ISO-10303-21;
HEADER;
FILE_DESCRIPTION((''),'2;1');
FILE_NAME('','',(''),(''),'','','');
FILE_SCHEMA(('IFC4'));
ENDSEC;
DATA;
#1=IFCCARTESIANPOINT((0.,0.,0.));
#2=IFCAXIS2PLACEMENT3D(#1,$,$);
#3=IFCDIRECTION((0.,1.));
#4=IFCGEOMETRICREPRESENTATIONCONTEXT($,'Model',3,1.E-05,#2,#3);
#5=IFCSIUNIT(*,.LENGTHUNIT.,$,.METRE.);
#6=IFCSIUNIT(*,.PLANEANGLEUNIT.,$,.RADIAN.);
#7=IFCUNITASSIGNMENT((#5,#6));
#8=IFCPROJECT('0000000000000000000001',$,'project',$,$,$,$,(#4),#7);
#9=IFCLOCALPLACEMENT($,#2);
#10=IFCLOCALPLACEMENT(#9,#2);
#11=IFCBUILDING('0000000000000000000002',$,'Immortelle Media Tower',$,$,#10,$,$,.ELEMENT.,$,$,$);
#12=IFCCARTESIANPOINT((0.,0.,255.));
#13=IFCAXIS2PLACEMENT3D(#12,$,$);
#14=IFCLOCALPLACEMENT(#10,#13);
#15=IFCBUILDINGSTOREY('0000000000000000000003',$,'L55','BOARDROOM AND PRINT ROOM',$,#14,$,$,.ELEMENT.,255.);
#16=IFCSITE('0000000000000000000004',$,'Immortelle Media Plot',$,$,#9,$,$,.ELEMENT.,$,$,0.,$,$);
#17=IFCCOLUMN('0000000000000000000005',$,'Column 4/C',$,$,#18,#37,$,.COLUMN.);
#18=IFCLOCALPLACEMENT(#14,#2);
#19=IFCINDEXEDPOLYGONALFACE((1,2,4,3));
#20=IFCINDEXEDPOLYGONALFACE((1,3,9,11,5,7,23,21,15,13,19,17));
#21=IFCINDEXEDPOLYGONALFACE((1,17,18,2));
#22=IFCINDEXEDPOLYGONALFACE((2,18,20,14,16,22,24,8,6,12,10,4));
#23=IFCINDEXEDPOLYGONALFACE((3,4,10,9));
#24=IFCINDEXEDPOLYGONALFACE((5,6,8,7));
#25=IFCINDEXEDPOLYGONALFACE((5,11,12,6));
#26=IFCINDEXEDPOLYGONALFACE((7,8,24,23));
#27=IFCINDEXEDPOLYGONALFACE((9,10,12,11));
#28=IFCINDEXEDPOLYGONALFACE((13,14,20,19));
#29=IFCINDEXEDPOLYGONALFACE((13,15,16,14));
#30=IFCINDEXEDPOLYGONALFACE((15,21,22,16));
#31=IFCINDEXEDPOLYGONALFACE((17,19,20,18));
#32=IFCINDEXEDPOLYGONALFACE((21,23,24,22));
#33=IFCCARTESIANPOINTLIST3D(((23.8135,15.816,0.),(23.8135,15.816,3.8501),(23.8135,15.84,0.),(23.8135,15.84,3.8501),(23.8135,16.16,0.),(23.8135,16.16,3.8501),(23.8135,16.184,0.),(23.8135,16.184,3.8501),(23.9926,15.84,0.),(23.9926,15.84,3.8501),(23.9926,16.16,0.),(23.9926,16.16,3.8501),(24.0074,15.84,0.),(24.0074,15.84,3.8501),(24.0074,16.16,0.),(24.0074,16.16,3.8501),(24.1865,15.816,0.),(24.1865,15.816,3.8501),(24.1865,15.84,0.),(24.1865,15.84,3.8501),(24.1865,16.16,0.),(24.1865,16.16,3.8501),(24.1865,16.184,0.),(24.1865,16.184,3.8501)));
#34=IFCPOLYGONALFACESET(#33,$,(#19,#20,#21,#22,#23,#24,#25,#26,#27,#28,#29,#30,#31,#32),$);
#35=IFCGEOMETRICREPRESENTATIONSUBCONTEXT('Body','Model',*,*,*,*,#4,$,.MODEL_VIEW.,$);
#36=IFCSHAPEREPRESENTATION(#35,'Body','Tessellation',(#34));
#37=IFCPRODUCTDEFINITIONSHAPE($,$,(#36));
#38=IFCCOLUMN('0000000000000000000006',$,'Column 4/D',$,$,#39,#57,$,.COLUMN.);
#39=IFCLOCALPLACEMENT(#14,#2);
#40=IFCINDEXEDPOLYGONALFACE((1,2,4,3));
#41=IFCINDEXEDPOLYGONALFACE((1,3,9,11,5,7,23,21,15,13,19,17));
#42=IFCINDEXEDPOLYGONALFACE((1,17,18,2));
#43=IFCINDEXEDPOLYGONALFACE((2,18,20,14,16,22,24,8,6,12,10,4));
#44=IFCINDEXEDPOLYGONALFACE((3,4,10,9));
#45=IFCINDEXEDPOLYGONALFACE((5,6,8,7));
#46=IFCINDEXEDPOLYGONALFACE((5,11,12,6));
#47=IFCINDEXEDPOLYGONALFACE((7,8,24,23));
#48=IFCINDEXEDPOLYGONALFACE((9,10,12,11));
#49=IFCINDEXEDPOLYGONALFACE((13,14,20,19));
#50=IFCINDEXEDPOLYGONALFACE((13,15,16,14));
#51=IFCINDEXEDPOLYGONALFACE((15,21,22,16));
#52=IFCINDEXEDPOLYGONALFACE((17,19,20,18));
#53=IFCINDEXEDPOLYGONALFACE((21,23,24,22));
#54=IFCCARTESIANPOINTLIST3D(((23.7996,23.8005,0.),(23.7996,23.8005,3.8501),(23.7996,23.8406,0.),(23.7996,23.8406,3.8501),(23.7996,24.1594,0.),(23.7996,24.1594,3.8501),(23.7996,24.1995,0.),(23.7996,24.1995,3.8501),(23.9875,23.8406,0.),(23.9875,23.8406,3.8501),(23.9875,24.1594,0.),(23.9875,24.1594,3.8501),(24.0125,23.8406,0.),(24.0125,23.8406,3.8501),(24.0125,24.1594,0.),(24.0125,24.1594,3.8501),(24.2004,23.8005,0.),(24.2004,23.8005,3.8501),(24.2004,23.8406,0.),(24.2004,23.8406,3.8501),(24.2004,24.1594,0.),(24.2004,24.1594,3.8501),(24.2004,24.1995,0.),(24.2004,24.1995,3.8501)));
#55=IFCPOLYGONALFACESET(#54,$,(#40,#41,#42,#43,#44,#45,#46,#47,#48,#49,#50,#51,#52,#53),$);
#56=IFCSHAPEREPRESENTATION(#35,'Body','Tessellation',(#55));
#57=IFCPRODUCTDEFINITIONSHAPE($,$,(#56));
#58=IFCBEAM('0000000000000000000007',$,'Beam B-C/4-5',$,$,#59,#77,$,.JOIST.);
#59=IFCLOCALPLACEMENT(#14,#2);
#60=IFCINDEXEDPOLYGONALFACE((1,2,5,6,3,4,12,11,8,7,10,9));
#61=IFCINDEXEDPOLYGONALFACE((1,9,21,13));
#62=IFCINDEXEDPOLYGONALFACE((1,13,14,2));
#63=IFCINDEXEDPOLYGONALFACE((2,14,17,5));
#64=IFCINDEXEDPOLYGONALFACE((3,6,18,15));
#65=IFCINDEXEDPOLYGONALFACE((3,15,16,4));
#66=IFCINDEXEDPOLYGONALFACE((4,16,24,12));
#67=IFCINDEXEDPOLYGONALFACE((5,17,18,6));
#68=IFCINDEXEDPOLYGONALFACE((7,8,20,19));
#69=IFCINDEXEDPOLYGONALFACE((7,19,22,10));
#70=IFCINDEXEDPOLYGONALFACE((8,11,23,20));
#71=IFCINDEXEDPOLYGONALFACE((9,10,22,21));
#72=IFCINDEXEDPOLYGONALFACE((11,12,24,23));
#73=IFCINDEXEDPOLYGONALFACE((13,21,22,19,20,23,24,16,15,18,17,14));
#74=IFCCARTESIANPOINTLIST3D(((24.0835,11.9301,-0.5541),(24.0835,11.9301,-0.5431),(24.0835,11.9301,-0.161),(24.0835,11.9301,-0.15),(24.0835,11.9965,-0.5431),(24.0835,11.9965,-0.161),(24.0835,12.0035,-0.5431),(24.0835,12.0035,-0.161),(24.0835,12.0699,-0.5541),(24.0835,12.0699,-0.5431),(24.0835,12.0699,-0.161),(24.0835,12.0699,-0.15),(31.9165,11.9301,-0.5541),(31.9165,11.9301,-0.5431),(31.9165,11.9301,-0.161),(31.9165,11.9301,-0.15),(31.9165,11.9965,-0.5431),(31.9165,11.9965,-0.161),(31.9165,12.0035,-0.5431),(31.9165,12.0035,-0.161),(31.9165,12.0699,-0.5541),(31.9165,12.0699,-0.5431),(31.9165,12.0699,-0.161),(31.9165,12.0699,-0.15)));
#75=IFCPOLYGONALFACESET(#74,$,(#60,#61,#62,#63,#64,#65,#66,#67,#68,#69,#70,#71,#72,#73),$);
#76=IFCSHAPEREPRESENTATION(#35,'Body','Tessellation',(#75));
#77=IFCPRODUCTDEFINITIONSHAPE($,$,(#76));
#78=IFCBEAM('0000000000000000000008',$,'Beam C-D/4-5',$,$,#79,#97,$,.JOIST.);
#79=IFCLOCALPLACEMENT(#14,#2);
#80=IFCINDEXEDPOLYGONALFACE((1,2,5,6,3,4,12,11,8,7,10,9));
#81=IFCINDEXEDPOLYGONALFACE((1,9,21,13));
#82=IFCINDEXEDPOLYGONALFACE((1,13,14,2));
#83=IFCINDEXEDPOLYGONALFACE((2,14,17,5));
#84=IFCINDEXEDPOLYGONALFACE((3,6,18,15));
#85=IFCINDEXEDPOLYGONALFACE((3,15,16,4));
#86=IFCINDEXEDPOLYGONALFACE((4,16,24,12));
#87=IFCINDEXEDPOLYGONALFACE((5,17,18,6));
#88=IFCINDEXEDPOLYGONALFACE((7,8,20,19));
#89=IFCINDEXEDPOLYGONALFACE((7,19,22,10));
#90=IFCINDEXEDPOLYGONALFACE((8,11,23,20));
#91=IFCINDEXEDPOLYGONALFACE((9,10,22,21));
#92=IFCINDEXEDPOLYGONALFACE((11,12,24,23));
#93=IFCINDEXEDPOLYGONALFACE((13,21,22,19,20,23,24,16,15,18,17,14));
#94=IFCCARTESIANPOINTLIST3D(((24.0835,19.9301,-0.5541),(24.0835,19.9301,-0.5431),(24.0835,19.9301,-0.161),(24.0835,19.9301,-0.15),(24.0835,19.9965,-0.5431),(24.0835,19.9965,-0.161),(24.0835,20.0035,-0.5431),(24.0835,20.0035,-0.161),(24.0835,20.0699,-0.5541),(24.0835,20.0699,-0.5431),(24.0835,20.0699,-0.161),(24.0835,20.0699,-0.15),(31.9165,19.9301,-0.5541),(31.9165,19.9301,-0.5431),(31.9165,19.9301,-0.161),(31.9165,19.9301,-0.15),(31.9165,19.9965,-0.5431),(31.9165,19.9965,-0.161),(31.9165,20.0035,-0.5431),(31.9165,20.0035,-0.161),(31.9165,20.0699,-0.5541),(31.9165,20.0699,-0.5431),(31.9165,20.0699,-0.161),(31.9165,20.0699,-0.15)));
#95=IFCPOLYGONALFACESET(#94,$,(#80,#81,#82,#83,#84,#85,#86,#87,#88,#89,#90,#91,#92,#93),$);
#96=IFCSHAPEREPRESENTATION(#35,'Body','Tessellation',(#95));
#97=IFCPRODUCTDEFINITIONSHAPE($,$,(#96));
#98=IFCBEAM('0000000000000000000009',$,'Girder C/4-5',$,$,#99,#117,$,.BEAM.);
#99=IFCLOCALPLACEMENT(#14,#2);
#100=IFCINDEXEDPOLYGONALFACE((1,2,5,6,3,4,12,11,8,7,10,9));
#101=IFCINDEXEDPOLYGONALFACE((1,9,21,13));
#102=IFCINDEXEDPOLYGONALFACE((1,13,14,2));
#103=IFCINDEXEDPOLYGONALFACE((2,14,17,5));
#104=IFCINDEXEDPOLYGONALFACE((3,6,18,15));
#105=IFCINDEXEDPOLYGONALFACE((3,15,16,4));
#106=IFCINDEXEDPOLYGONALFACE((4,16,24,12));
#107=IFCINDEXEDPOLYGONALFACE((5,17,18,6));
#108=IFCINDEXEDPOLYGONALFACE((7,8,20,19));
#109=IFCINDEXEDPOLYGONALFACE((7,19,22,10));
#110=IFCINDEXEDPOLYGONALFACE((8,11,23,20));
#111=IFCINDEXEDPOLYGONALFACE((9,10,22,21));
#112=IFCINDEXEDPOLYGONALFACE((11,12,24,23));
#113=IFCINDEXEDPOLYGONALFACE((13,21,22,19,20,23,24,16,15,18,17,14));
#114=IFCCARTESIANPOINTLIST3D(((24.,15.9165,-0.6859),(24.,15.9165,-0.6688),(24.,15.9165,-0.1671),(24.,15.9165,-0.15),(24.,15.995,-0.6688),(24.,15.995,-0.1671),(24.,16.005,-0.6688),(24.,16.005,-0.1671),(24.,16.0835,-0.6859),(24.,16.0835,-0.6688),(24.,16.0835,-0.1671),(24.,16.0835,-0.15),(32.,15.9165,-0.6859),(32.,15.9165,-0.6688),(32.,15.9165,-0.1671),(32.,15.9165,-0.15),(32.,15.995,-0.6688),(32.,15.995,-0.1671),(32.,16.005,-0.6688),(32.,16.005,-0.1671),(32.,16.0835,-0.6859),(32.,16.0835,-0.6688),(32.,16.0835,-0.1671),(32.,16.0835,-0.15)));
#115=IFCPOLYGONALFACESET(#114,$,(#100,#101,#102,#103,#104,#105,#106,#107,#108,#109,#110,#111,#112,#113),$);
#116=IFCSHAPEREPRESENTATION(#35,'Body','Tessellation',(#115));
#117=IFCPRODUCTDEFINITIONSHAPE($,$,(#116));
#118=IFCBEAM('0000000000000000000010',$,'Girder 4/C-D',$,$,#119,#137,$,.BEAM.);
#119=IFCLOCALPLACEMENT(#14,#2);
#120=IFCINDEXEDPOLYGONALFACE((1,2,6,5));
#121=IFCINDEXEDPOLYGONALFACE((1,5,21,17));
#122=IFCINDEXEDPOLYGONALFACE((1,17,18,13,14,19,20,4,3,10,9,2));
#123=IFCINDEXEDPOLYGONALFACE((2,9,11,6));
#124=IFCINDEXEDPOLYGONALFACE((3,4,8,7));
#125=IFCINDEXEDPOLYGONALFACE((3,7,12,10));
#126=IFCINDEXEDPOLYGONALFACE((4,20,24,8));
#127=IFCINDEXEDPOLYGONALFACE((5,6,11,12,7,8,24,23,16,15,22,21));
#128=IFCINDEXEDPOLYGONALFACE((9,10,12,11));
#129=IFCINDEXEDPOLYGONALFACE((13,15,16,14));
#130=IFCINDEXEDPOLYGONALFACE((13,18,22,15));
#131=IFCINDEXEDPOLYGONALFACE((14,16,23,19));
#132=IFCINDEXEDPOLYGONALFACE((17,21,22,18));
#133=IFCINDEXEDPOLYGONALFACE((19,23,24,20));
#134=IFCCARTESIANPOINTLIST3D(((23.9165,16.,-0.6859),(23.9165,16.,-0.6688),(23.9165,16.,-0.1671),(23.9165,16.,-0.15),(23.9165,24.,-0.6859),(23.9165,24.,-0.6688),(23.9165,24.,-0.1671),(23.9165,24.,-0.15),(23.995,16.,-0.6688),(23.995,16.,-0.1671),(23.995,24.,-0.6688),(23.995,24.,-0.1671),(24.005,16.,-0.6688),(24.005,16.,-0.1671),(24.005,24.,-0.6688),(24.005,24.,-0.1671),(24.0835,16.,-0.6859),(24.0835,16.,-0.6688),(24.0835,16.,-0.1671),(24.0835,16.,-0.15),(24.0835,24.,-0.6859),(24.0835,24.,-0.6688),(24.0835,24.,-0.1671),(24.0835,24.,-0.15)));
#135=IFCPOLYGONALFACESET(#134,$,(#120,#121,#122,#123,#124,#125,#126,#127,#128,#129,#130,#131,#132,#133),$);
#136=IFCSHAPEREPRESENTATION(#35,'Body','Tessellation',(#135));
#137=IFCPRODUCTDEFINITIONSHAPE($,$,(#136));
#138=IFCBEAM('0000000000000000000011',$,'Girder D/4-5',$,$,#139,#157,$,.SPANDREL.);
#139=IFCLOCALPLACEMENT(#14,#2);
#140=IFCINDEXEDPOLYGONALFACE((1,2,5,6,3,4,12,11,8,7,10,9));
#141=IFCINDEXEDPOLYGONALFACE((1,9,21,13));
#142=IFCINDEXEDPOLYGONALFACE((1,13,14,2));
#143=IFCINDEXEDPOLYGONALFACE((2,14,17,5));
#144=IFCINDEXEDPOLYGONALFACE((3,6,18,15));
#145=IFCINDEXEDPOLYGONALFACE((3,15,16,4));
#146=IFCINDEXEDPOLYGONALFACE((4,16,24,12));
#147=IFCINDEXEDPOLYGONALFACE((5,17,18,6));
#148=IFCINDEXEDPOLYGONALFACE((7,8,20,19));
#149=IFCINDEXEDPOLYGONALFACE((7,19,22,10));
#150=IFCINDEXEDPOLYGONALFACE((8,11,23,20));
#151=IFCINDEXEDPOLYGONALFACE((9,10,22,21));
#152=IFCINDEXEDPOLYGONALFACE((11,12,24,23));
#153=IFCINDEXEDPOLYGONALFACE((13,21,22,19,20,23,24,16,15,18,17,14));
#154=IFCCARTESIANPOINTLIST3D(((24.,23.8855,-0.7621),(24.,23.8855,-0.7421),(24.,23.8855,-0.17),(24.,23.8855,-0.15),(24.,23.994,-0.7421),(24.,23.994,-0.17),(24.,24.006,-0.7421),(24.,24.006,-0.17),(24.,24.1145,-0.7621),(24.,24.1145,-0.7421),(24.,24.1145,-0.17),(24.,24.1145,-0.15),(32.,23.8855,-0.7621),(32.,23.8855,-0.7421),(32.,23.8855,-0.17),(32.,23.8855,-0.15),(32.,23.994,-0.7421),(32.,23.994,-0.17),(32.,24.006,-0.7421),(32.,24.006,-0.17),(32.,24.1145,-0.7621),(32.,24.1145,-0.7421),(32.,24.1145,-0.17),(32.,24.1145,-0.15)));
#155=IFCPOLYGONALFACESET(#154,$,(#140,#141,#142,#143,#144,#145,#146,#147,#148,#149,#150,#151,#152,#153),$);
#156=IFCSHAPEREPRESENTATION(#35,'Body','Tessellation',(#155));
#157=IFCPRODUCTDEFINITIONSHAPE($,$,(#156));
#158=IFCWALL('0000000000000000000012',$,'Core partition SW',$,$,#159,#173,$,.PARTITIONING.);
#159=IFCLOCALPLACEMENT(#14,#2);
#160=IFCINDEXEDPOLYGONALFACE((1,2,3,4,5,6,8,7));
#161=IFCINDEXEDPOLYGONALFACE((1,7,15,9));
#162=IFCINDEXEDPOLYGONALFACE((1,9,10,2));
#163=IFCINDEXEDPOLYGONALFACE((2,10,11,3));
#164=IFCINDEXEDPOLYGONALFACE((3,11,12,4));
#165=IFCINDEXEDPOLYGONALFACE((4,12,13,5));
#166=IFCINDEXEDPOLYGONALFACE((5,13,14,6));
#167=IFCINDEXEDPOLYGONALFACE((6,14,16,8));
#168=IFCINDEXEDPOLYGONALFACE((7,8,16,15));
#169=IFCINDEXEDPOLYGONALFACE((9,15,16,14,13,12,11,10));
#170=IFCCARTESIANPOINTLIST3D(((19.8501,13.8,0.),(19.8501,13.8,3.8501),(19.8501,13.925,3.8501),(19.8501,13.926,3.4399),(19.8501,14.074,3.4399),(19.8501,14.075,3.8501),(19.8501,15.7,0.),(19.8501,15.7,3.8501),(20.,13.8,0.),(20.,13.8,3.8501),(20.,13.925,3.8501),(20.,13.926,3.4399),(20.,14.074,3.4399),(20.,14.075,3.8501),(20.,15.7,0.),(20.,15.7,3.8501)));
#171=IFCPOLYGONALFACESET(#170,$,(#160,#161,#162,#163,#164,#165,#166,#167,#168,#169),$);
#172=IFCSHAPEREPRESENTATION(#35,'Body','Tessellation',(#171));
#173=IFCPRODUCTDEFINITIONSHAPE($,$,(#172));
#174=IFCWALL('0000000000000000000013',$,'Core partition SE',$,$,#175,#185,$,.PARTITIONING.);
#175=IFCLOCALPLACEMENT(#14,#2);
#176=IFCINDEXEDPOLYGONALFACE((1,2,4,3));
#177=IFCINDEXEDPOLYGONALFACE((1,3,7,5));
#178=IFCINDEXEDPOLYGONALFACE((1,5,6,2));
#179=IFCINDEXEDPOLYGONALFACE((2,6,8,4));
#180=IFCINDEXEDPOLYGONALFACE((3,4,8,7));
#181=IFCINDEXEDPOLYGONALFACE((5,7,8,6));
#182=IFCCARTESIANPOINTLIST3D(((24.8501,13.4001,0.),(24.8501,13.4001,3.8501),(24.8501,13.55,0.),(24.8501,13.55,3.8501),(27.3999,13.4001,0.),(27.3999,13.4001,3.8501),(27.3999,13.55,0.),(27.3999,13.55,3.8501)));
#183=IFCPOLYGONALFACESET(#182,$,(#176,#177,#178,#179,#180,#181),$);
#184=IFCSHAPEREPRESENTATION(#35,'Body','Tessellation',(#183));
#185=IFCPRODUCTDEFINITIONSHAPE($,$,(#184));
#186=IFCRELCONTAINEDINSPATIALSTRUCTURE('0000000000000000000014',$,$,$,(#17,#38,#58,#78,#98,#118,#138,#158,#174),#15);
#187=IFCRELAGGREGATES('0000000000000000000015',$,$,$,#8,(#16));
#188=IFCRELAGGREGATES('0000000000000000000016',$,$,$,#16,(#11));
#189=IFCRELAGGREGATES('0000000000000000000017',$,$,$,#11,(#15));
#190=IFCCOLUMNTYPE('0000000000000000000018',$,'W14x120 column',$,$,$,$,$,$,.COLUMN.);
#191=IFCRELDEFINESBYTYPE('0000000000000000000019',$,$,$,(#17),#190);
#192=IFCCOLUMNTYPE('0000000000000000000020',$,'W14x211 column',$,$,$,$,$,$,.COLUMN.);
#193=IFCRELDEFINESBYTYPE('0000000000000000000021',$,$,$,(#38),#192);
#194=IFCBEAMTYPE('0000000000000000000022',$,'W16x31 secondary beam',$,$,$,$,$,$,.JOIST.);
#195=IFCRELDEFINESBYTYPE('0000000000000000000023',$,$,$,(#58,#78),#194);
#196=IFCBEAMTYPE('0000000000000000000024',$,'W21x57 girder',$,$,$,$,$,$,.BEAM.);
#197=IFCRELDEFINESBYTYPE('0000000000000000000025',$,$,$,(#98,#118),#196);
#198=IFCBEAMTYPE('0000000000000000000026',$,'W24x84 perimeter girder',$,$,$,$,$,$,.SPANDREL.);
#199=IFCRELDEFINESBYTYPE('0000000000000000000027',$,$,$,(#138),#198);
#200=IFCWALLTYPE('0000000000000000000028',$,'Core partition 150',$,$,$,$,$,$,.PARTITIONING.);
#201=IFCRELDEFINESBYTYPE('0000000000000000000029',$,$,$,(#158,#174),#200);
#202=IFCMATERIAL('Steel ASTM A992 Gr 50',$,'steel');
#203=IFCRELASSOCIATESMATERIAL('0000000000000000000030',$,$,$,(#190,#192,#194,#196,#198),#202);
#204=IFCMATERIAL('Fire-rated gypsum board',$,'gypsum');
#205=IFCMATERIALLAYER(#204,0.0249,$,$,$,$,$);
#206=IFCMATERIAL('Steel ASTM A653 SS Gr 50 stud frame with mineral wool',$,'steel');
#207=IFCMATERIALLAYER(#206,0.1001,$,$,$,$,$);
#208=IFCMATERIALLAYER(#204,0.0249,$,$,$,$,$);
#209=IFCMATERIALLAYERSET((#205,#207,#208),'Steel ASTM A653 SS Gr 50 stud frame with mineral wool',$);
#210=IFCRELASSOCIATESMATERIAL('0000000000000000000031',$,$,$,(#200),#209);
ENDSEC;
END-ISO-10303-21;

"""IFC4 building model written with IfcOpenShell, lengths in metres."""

from ifc_helpers import new_model, si_unit, direction, frame, frame_2d, origin, origin_2d, place, context, subcontext, project, spatial, polyline, rectangle, i_section, outline, extrude, material, layer, layer_set, material_profile, profile_set, type_object, element, save


model = new_model("IFC4")

# Units and contexts
model_context = context("Model", 3, precision=1e-05, world=origin(), true_north=direction((0.0, 1.0)))
body_context = subcontext(model_context, "Body", "Model", "MODEL_VIEW")
ifc_project = project(units=[si_unit("LENGTHUNIT", "METRE"), si_unit("PLANEANGLEUNIT", "RADIAN")], contexts=[model_context])

# Site, building, storey
site_placement = place(None, origin())
site = spatial("IfcSite", under=ifc_project, at=site_placement, Name="Immortelle Media Plot", CompositionType="ELEMENT", RefElevation=0.0)
building_placement = place(site_placement, origin())
building = spatial("IfcBuilding", under=site, at=building_placement, Name="Immortelle Media Tower", CompositionType="ELEMENT")
storey_placement = place(building_placement, frame((0.0, 0.0, 255.0)))
storey = spatial("IfcBuildingStorey", under=building, at=storey_placement, Name="L55", Description="BOARDROOM AND PRINT ROOM", CompositionType="ELEMENT", Elevation=255.0)

# Columns
ifc_material_1 = material(Name="Steel ASTM A992 Gr 50", Category="steel")
ifc_material_profile_1 = material_profile(ifc_material_1, i_section(OverallWidth=0.373, OverallDepth=0.3679, WebThickness=0.0149, FlangeThickness=0.0239, at=origin_2d()), Name="W14x120")
ifc_profile_set_1 = profile_set([ifc_material_profile_1], Name="Steel ASTM A992 Gr 50")
column_type_1 = type_object("IfcColumnType", Name="W14x120 column", PredefinedType="COLUMN", material=ifc_profile_set_1)
column_1_placement = place(storey_placement, frame((24.0, 16.0, 0.0), z_axis=(0.0, 0.0, 1.0), x_axis=(1.0, 0.0, 0.0)))
element("IfcColumn", 1, at=column_1_placement, inside=storey, type_object=column_type_1, Name="Column 4/C", PredefinedType="COLUMN", context=body_context, shape_type="SweptSolid", body=[
    extrude(i_section(OverallWidth=0.373, OverallDepth=0.3679, WebThickness=0.0149, FlangeThickness=0.0239, at=origin_2d()), origin(), (0.0, 0.0, 1.0), 3.8501),
])
ifc_material_profile_2 = material_profile(ifc_material_1, i_section(OverallWidth=0.4009, OverallDepth=0.3989, WebThickness=0.0249, FlangeThickness=0.04, at=origin_2d()), Name="W14x211")
ifc_profile_set_2 = profile_set([ifc_material_profile_2], Name="Steel ASTM A992 Gr 50")
column_type_2 = type_object("IfcColumnType", Name="W14x211 column", PredefinedType="COLUMN", material=ifc_profile_set_2)
column_2_placement = place(storey_placement, frame((24.0, 24.0, 0.0), z_axis=(0.0, 0.0, 1.0), x_axis=(1.0, 0.0, 0.0)))
element("IfcColumn", 2, at=column_2_placement, inside=storey, type_object=column_type_2, Name="Column 4/D", PredefinedType="COLUMN", context=body_context, shape_type="SweptSolid", body=[
    extrude(i_section(OverallWidth=0.4009, OverallDepth=0.3989, WebThickness=0.0249, FlangeThickness=0.04, at=origin_2d()), origin(), (0.0, 0.0, 1.0), 3.8501),
])

# Beams
ifc_material_profile_3 = material_profile(ifc_material_1, i_section(OverallWidth=0.1399, OverallDepth=0.4041, WebThickness=0.0071, FlangeThickness=0.011, at=origin_2d()), Name="W16x31")
ifc_profile_set_3 = profile_set([ifc_material_profile_3], Name="Steel ASTM A992 Gr 50")
beam_type_1 = type_object("IfcBeamType", Name="W16x31 secondary beam", PredefinedType="JOIST", material=ifc_profile_set_3)
for number, where, z_axis, x_axis, name in (
    (3, (24.0835, 12.0, -0.3521), (1.0, 0.0, 0.0), (0.0, 1.0, 0.0), "Beam B-C/4-5"),
    (4, (24.0835, 20.0, -0.3521), (1.0, 0.0, 0.0), (0.0, 1.0, 0.0), "Beam C-D/4-5"),
):
    element("IfcBeam", number, at=place(storey_placement, frame(where, z_axis=z_axis, x_axis=x_axis)), inside=storey, type_object=beam_type_1, Name=name, PredefinedType="JOIST", context=body_context, shape_type="SweptSolid", body=[
        extrude(i_section(OverallWidth=0.1399, OverallDepth=0.4041, WebThickness=0.0071, FlangeThickness=0.011, at=origin_2d()), origin(), (0.0, 0.0, 1.0), 7.833),
    ])
ifc_material_profile_4 = material_profile(ifc_material_1, i_section(OverallWidth=0.167, OverallDepth=0.5359, WebThickness=0.01, FlangeThickness=0.0171, at=origin_2d()), Name="W21x57")
ifc_profile_set_4 = profile_set([ifc_material_profile_4], Name="Steel ASTM A992 Gr 50")
beam_type_2 = type_object("IfcBeamType", Name="W21x57 girder", PredefinedType="BEAM", material=ifc_profile_set_4)
for number, where, z_axis, x_axis, name in (
    (5, (24.0, 16.0, -0.418), (1.0, 0.0, 0.0), (0.0, 1.0, 0.0), "Girder C/4-5"),
    (6, (24.0, 16.0, -0.418), (0.0, 1.0, 0.0), (-1.0, 0.0, 0.0), "Girder 4/C-D"),
):
    element("IfcBeam", number, at=place(storey_placement, frame(where, z_axis=z_axis, x_axis=x_axis)), inside=storey, type_object=beam_type_2, Name=name, PredefinedType="BEAM", context=body_context, shape_type="SweptSolid", body=[
        extrude(i_section(OverallWidth=0.167, OverallDepth=0.5359, WebThickness=0.01, FlangeThickness=0.0171, at=origin_2d()), origin(), (0.0, 0.0, 1.0), 8.0),
    ])
ifc_material_profile_5 = material_profile(ifc_material_1, i_section(OverallWidth=0.229, OverallDepth=0.6121, WebThickness=0.012, FlangeThickness=0.02, at=origin_2d()), Name="W24x84")
ifc_profile_set_5 = profile_set([ifc_material_profile_5], Name="Steel ASTM A992 Gr 50")
beam_type_3 = type_object("IfcBeamType", Name="W24x84 perimeter girder", PredefinedType="SPANDREL", material=ifc_profile_set_5)
beam_placement = place(storey_placement, frame((24.0, 24.0, -0.4561), z_axis=(1.0, 0.0, 0.0), x_axis=(0.0, 1.0, 0.0)))
element("IfcBeam", 7, at=beam_placement, inside=storey, type_object=beam_type_3, Name="Girder D/4-5", PredefinedType="SPANDREL", context=body_context, shape_type="SweptSolid", body=[
    extrude(i_section(OverallWidth=0.229, OverallDepth=0.6121, WebThickness=0.012, FlangeThickness=0.02, at=origin_2d()), origin(), (0.0, 0.0, 1.0), 8.0),
])

# Walls
ifc_material_2 = material(Name="Fire-rated gypsum board", Category="gypsum")
ifc_layer_1 = layer(ifc_material_2, 0.0249)
ifc_material_3 = material(Name="Steel ASTM A653 SS Gr 50 stud frame with mineral wool", Category="steel")
ifc_layer_2 = layer(ifc_material_3, 0.1001)
ifc_layer_3 = layer(ifc_material_2, 0.0249)
ifc_layer_set_1 = layer_set([ifc_layer_1, ifc_layer_2, ifc_layer_3], Name="Steel ASTM A653 SS Gr 50 stud frame with mineral wool")
wall_type_1 = type_object("IfcWallType", Name="Core partition 150", PredefinedType="PARTITIONING", material=ifc_layer_set_1)
wall_1_placement = place(storey_placement, frame((19.925, 13.8, 0.0), z_axis=(0.0, 0.0, 1.0), x_axis=(0.0, 1.0, 0.0)))
element("IfcWall", 8, at=wall_1_placement, inside=storey, type_object=wall_type_1, Name="Core partition SW", PredefinedType="PARTITIONING", context=body_context, shape_type="SweptSolid", body=[
    extrude(outline(polyline([(0.0, 0.0), (1.8999, 0.0), (1.8999, 3.8501), (0.2749, 3.8501), (0.2739, 3.4399), (0.126, 3.4399), (0.125, 3.8501), (0.0, 3.8501), (0.0, 0.0)])), frame((0.0, 0.075, 0.0), z_axis=(0.0, -1.0, 0.0), x_axis=(1.0, 0.0, 0.0)), (0.0, 0.0, 1.0), 0.1499),
])
wall_2_placement = place(storey_placement, frame((24.8501, 13.4751, 0.0), z_axis=(0.0, 0.0, 1.0), x_axis=(1.0, 0.0, 0.0)))
element("IfcWall", 9, at=wall_2_placement, inside=storey, type_object=wall_type_1, Name="Core partition SE", PredefinedType="PARTITIONING", context=body_context, shape_type="SweptSolid", body=[
    extrude(rectangle(XDim=2.5498, YDim=0.1499, at=frame_2d((1.2749, 0.0))), origin(), (0.0, 0.0, 1.0), 3.8501),
])

save(model, "model.ifc")
